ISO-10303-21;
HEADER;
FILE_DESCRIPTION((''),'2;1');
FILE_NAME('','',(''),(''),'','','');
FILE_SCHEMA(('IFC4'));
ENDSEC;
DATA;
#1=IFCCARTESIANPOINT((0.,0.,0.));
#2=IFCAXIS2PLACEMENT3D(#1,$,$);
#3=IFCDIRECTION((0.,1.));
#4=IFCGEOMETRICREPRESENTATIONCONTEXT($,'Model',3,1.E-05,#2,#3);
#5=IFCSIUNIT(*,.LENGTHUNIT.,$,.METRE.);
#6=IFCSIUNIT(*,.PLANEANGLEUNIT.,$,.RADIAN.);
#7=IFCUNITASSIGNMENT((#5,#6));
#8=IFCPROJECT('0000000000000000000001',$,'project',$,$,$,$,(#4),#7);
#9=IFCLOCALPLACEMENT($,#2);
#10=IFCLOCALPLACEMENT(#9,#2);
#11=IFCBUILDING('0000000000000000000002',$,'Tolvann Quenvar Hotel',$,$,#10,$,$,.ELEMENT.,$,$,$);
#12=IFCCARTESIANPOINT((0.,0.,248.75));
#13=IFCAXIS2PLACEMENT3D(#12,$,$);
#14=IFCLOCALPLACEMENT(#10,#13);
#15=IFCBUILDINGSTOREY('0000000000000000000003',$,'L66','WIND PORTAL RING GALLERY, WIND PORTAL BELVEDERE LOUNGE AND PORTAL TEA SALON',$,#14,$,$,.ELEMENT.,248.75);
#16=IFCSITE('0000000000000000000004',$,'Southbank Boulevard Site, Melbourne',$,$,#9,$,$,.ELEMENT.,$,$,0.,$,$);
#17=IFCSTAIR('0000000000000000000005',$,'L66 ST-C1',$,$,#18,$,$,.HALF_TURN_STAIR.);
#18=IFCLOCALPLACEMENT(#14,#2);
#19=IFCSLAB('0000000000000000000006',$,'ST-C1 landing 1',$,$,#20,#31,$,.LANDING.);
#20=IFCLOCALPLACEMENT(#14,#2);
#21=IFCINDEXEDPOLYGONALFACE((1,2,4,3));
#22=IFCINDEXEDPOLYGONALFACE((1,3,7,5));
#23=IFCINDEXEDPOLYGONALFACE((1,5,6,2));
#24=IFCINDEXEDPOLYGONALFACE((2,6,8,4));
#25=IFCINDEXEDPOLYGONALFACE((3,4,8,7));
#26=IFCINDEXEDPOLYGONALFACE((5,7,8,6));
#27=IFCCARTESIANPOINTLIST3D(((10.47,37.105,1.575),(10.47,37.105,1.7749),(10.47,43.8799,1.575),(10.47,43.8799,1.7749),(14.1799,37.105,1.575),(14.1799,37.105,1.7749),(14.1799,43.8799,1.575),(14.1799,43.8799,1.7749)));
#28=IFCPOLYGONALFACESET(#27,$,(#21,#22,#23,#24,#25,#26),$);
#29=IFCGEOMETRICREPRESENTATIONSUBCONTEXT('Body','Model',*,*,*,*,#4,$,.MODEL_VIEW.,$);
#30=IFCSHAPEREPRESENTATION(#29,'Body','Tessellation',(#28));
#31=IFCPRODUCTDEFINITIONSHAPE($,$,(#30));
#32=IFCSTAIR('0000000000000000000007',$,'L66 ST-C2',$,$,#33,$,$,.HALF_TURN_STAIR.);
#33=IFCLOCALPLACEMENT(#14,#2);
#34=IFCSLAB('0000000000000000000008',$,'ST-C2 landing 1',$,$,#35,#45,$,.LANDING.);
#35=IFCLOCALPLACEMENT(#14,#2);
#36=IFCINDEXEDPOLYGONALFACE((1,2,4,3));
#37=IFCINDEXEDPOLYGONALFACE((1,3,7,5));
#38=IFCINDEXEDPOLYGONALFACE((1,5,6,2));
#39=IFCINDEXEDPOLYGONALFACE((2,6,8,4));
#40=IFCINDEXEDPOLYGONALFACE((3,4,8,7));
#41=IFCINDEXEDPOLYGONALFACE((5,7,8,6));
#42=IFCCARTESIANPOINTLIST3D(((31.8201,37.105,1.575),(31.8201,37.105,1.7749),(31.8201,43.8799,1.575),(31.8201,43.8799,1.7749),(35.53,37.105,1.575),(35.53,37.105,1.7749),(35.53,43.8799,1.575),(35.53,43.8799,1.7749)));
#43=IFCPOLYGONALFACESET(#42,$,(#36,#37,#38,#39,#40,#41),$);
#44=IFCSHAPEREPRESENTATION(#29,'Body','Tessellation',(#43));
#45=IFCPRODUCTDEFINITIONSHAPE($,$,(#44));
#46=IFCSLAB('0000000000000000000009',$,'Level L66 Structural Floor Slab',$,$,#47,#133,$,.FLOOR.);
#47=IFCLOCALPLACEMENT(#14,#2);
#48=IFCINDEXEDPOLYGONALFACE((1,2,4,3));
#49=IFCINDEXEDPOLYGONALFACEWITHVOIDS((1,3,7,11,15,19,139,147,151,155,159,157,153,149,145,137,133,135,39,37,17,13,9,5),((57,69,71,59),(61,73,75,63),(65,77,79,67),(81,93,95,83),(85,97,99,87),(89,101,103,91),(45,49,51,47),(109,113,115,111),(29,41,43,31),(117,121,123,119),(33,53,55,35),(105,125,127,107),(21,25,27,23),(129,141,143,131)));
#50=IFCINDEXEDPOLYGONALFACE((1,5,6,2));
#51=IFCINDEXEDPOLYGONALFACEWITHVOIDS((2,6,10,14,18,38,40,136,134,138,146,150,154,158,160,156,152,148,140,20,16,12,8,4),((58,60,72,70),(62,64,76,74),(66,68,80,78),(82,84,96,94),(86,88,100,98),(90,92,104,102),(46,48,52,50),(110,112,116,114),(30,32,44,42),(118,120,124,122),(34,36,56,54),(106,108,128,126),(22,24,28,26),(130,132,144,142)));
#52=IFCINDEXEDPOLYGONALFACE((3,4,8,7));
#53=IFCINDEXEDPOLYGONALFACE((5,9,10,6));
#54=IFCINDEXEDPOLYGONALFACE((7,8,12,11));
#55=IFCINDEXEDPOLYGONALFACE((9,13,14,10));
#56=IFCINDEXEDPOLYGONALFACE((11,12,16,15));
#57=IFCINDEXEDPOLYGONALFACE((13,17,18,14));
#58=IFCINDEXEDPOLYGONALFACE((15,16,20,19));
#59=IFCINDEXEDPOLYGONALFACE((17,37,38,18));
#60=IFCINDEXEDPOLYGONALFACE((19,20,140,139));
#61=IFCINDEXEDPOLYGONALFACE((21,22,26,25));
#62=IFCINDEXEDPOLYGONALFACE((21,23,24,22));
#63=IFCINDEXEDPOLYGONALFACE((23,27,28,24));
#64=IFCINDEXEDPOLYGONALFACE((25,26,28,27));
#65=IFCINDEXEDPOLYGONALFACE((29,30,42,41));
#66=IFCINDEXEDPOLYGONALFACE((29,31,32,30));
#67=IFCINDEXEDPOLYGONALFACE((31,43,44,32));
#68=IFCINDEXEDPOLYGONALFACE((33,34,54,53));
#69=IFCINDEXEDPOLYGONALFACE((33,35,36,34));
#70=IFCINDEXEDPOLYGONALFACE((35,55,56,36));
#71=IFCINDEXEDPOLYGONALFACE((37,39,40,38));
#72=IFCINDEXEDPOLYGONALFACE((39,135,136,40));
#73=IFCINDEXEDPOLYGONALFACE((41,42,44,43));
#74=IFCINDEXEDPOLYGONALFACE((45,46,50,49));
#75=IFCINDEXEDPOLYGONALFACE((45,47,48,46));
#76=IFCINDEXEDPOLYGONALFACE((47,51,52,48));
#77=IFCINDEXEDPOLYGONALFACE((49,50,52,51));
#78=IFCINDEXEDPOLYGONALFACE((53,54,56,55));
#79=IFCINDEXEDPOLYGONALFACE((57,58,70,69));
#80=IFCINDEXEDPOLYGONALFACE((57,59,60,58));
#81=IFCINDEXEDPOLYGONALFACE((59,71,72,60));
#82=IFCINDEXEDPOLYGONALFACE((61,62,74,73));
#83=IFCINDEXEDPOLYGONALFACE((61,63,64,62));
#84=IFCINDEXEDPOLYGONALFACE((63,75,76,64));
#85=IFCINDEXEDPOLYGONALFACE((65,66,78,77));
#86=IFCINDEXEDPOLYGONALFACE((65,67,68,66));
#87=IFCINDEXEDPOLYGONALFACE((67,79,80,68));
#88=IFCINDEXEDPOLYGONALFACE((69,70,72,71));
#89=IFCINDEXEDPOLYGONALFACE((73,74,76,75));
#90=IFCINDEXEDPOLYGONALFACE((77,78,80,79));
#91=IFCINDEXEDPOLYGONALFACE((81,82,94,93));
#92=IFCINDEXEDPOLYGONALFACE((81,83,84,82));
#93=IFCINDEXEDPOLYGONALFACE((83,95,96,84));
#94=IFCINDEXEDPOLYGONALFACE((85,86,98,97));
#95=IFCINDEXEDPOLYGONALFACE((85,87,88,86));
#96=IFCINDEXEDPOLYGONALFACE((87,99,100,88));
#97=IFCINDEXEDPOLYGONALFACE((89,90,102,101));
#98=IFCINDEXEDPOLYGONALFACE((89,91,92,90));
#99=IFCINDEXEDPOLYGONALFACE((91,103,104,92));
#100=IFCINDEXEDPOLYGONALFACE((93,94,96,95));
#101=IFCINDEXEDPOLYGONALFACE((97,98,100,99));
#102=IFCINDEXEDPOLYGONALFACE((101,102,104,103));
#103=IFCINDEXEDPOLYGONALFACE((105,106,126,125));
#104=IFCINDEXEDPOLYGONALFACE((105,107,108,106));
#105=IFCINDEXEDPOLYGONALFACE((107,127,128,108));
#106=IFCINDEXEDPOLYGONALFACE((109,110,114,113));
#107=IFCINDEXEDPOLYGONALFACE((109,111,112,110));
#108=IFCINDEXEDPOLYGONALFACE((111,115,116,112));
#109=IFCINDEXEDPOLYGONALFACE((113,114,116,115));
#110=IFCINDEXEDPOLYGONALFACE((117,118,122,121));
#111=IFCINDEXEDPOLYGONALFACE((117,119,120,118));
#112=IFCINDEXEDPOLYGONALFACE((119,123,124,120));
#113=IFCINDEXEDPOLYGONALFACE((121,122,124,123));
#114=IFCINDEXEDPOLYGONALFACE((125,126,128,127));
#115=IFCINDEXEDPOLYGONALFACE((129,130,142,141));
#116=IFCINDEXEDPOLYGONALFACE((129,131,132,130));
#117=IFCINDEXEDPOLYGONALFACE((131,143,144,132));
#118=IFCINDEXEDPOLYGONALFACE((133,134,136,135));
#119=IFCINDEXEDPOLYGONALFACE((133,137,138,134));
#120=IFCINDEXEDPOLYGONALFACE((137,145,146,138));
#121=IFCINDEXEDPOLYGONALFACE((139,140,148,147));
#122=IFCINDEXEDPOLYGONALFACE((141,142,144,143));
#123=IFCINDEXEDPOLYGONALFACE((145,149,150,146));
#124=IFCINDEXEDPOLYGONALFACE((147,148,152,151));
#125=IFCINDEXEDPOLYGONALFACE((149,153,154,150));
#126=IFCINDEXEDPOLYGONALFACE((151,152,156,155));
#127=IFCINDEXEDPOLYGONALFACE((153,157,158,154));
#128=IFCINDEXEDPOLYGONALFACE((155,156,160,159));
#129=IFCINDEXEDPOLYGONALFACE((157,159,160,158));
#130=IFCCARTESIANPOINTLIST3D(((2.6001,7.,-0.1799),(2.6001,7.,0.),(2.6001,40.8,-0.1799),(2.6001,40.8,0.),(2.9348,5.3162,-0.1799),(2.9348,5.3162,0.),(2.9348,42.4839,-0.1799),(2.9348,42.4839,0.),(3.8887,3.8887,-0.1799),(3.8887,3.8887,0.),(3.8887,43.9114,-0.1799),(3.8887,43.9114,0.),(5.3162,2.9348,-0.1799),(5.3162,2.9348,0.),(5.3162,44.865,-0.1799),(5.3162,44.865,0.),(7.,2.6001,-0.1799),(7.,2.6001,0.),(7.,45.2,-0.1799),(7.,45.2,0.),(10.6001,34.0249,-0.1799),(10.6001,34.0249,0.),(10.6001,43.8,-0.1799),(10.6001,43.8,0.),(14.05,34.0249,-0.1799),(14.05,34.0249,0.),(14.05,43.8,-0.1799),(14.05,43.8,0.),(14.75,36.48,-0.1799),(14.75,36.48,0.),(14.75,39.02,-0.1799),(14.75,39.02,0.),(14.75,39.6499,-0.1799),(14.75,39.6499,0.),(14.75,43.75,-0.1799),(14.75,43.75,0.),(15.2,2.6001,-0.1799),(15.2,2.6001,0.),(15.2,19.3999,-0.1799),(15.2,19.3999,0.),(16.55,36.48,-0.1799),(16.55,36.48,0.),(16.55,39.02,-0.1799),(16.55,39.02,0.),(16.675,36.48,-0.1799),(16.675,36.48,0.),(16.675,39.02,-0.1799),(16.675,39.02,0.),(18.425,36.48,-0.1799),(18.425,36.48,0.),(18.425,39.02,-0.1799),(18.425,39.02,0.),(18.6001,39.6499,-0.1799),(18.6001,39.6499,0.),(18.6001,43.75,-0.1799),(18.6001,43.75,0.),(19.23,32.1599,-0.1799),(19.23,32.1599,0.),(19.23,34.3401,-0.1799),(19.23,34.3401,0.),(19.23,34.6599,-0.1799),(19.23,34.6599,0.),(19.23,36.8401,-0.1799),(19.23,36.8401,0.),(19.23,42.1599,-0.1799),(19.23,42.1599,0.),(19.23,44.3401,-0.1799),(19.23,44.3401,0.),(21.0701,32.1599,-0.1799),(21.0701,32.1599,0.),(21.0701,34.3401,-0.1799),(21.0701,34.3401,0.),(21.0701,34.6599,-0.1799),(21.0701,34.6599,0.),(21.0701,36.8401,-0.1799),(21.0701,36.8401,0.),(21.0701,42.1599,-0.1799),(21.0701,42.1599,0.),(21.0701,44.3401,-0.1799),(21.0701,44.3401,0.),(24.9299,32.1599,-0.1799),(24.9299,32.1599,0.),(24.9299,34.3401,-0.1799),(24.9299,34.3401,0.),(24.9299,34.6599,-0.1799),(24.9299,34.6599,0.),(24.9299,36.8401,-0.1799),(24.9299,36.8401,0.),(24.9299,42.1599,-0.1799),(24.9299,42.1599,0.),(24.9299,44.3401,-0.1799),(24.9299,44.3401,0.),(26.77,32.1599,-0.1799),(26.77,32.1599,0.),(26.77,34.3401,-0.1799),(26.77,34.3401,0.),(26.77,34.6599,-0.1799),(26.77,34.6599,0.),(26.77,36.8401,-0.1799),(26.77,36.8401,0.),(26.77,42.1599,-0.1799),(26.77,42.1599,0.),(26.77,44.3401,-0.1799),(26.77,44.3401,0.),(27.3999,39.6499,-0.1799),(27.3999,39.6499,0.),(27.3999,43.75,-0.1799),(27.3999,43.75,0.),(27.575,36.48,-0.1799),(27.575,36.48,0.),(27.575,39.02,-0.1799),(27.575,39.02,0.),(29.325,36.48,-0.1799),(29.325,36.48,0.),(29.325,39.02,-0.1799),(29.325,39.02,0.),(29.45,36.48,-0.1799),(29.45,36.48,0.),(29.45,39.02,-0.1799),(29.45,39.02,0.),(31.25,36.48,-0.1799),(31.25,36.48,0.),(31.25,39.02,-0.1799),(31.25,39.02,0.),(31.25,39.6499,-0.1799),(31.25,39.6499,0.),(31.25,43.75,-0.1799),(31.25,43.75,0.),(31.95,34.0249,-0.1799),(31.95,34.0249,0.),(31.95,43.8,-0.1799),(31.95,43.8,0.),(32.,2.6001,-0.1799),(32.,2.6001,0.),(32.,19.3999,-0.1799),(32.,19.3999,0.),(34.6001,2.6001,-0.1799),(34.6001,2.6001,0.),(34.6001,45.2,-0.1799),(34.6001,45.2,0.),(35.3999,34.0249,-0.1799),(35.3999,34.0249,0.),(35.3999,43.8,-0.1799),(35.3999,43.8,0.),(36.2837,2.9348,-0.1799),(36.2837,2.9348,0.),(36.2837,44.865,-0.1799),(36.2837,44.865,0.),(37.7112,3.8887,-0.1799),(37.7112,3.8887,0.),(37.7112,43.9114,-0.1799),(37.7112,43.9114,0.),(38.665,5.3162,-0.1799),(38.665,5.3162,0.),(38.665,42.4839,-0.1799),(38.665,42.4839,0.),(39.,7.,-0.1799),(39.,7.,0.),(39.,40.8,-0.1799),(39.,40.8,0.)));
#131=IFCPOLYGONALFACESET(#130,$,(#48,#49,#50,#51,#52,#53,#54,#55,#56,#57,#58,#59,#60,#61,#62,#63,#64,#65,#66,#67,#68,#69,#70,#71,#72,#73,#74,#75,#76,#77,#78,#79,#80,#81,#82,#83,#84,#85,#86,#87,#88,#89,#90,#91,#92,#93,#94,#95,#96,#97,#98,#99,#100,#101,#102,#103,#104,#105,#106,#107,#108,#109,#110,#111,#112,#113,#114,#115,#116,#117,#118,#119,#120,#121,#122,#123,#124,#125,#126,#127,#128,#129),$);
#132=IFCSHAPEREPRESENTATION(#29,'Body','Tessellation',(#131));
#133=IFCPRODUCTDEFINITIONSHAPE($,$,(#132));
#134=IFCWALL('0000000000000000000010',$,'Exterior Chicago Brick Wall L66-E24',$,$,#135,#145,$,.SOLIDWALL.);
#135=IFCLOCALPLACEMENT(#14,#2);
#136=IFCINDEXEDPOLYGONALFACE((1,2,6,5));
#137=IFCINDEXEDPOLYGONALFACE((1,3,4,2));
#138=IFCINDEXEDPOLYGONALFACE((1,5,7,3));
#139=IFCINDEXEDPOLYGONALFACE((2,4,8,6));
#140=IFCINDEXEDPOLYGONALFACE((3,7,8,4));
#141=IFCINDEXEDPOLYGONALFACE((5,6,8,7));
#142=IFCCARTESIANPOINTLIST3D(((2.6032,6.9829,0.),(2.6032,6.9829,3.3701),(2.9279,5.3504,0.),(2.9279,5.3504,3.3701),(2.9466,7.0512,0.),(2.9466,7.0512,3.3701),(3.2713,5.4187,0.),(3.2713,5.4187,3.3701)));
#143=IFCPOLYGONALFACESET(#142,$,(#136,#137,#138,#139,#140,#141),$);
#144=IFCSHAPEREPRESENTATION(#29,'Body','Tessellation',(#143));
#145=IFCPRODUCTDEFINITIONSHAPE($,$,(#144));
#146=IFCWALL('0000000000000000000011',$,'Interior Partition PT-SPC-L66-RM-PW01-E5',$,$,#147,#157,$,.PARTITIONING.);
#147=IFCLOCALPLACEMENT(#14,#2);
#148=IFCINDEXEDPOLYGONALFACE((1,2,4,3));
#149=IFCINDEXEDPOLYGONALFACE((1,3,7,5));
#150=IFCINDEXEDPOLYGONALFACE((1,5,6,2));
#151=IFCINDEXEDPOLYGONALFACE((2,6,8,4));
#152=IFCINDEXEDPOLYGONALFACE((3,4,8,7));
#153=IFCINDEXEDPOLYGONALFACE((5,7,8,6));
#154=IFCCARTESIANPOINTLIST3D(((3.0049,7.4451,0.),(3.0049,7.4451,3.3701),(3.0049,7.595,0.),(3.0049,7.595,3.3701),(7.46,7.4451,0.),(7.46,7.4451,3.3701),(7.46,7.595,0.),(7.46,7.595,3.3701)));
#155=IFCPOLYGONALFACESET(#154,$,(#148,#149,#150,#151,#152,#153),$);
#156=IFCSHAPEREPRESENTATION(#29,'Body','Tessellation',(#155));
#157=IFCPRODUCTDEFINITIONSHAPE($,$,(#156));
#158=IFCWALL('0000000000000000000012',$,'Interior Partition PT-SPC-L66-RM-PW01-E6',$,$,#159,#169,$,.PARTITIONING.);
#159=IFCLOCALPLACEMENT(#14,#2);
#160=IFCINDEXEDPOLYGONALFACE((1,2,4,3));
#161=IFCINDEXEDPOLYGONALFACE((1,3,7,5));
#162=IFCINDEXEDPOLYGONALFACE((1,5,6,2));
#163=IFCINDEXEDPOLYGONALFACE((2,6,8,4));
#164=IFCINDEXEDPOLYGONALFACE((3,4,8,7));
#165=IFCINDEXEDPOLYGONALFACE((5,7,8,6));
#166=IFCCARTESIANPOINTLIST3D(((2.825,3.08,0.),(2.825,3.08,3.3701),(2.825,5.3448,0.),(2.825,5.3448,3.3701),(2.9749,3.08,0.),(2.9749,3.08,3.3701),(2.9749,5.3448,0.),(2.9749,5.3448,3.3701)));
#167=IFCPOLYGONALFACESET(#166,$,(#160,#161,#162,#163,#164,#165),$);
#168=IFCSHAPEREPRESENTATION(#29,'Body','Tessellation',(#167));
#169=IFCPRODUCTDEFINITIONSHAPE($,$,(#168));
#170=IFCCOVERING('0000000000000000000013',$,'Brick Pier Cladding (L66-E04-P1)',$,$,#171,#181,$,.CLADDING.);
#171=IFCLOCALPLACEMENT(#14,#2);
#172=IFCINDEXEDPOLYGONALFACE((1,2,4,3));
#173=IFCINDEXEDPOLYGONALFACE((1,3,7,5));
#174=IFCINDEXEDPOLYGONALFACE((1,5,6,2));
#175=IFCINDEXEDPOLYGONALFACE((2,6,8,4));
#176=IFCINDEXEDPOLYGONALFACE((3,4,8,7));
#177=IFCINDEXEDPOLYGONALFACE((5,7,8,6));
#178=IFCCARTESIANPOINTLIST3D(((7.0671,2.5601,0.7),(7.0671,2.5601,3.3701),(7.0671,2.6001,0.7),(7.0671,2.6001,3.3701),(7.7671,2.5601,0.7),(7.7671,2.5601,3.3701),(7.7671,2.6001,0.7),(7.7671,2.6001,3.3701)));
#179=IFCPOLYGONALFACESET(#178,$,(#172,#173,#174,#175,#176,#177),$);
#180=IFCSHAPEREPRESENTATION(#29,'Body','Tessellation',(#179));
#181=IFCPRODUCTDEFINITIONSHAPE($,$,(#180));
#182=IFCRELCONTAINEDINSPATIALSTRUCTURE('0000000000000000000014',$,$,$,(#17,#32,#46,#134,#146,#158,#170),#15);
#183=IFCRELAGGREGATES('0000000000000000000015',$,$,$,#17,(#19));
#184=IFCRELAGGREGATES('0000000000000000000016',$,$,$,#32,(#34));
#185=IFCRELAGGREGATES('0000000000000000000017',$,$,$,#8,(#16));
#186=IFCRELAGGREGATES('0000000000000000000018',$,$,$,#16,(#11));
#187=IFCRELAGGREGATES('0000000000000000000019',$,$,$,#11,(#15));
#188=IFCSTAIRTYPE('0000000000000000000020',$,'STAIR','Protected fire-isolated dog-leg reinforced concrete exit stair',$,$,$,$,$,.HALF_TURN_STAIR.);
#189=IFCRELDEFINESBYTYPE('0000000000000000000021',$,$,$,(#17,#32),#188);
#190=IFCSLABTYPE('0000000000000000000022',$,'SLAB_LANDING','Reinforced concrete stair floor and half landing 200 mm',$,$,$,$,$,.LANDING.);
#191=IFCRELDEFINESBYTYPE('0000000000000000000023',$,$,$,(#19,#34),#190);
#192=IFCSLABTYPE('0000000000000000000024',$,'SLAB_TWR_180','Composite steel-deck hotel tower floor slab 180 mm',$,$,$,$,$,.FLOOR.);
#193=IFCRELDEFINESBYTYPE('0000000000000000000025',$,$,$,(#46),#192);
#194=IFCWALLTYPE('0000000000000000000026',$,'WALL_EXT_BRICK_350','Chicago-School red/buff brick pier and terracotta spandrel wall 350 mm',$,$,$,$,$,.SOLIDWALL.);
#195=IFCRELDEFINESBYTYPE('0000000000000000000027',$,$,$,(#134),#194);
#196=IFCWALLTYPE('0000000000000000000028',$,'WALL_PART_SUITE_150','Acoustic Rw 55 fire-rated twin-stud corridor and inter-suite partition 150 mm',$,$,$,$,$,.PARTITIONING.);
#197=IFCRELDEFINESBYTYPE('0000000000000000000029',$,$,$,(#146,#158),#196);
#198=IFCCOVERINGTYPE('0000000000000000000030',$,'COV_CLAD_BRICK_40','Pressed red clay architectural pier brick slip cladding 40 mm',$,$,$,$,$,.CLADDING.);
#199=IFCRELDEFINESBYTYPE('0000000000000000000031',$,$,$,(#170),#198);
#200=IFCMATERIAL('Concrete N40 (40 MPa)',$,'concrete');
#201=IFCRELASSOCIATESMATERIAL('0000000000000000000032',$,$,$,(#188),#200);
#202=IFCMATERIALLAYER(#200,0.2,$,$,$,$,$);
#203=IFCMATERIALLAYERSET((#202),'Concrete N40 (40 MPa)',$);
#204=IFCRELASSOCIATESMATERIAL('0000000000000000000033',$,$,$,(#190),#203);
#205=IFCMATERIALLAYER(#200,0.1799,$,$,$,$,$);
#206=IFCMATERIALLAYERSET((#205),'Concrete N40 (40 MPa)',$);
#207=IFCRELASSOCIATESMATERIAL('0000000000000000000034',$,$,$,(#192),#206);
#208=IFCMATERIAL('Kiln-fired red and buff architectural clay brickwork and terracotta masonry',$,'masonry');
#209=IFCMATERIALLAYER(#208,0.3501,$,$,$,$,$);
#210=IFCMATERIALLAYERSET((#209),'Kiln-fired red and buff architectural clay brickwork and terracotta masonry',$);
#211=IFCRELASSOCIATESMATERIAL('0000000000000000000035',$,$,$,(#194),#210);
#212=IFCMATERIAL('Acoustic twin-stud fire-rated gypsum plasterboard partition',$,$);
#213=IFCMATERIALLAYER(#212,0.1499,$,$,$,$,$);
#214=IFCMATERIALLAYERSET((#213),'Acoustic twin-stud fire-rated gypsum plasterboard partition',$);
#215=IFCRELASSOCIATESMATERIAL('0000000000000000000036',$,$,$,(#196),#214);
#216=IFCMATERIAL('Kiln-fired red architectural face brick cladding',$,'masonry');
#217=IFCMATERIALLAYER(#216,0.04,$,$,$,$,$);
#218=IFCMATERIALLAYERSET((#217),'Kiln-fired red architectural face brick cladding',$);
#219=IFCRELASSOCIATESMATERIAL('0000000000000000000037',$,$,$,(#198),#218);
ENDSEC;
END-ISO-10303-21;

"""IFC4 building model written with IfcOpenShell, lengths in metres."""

from ifc_helpers import new_model, si_unit, direction, frame, frame_2d, origin, place, context, subcontext, project, spatial, polyline, rectangle, outline, extrude, material, layer, layer_set, type_object, element, aggregate, save


model = new_model("IFC4")

# Units and contexts
model_context = context("Model", 3, precision=1e-05, world=origin(), true_north=direction((0.0, 1.0)))
body_context = subcontext(model_context, "Body", "Model", "MODEL_VIEW")
ifc_project = project(units=[si_unit("LENGTHUNIT", "METRE"), si_unit("PLANEANGLEUNIT", "RADIAN")], contexts=[model_context])

# Site, building, storey
site_placement = place(None, origin())
site = spatial("IfcSite", under=ifc_project, at=site_placement, Name="Southbank Boulevard Site, Melbourne", CompositionType="ELEMENT", RefElevation=0.0)
building_placement = place(site_placement, origin())
building = spatial("IfcBuilding", under=site, at=building_placement, Name="Tolvann Quenvar Hotel", CompositionType="ELEMENT")
storey_placement = place(building_placement, frame((0.0, 0.0, 248.75)))
storey = spatial("IfcBuildingStorey", under=building, at=storey_placement, Name="L66", Description="WIND PORTAL RING GALLERY, WIND PORTAL BELVEDERE LOUNGE AND PORTAL TEA SALON", CompositionType="ELEMENT", Elevation=248.75)

# Stairs, slabs
ifc_material_1 = material(Name="Concrete N40 (40 MPa)", Category="concrete")
stair_type = type_object("IfcStairType", Name="STAIR", Description="Protected fire-isolated dog-leg reinforced concrete exit stair", PredefinedType="HALF_TURN_STAIR", material=ifc_material_1)
stair_1_placement = place(storey_placement, origin())
stair_1 = element("IfcStair", 1, at=stair_1_placement, inside=storey, type_object=stair_type, Name="L66 ST-C1", PredefinedType="HALF_TURN_STAIR")
ifc_layer_1 = layer(ifc_material_1, 0.2)
ifc_layer_set_1 = layer_set([ifc_layer_1], Name="Concrete N40 (40 MPa)")
slab_type_1 = type_object("IfcSlabType", Name="SLAB_LANDING", Description="Reinforced concrete stair floor and half landing 200 mm", PredefinedType="LANDING", material=ifc_layer_set_1)
slab_1_placement = place(storey_placement, frame((0.0, 0.0, 1.575)))
slab_1 = element("IfcSlab", 2, at=slab_1_placement, type_object=slab_type_1, Name="ST-C1 landing 1", PredefinedType="LANDING", context=body_context, shape_type="SweptSolid", body=[
    extrude(outline(polyline([(14.1799, 37.105), (14.1799, 43.8799), (10.47, 43.8799), (10.47, 37.105), (14.1799, 37.105)])), origin(), (0.0, 0.0, 1.0), 0.2),
])
aggregate(stair_1, [slab_1])
stair_2_placement = place(storey_placement, origin())
stair_2 = element("IfcStair", 3, at=stair_2_placement, inside=storey, type_object=stair_type, Name="L66 ST-C2", PredefinedType="HALF_TURN_STAIR")
slab_2_placement = place(storey_placement, frame((0.0, 0.0, 1.575)))
slab_2 = element("IfcSlab", 4, at=slab_2_placement, type_object=slab_type_1, Name="ST-C2 landing 1", PredefinedType="LANDING", context=body_context, shape_type="SweptSolid", body=[
    extrude(outline(polyline([(35.53, 37.105), (35.53, 43.8799), (31.8201, 43.8799), (31.8201, 37.105), (35.53, 37.105)])), origin(), (0.0, 0.0, 1.0), 0.2),
])
aggregate(stair_2, [slab_2])

# Slab
ifc_layer_2 = layer(ifc_material_1, 0.1799)
ifc_layer_set_2 = layer_set([ifc_layer_2], Name="Concrete N40 (40 MPa)")
slab_type_2 = type_object("IfcSlabType", Name="SLAB_TWR_180", Description="Composite steel-deck hotel tower floor slab 180 mm", PredefinedType="FLOOR", material=ifc_layer_set_2)
slab_3_placement = place(storey_placement, frame((0.0, 0.0, -0.1799)))
element("IfcSlab", 5, at=slab_3_placement, inside=storey, type_object=slab_type_2, Name="Level L66 Structural Floor Slab", PredefinedType="FLOOR", context=body_context, shape_type="SweptSolid", body=[
    extrude(outline(polyline([(2.6001, 7.0), (2.9348, 5.3162), (3.8887, 3.8887), (5.3162, 2.9348), (7.0, 2.6001), (15.2, 2.6001), (15.2, 19.3999), (32.0, 19.3999), (32.0, 2.6001), (34.6001, 2.6001), (36.2837, 2.9348), (37.7112, 3.8887), (38.665, 5.3162), (39.0, 7.0), (39.0, 40.8), (38.665, 42.4839), (37.7112, 43.9114), (36.2837, 44.865), (34.6001, 45.2), (7.0, 45.2), (5.3162, 44.865), (3.8887, 43.9114), (2.9348, 42.4839), (2.6001, 40.8), (2.6001, 7.0)]), holes=[polyline([(31.95, 34.0249), (31.95, 43.8), (35.3999, 43.8), (35.3999, 34.0249), (31.95, 34.0249)]), polyline([(27.3999, 43.75), (31.25, 43.75), (31.25, 39.6499), (27.3999, 39.6499), (27.3999, 43.75)]), polyline([(29.45, 39.02), (31.25, 39.02), (31.25, 36.48), (29.45, 36.48), (29.45, 39.02)]), polyline([(27.575, 39.02), (29.325, 39.02), (29.325, 36.48), (27.575, 36.48), (27.575, 39.02)]), polyline([(24.9299, 36.8401), (26.77, 36.8401), (26.77, 34.6599), (24.9299, 34.6599), (24.9299, 36.8401)]), polyline([(24.9299, 44.3401), (26.77, 44.3401), (26.77, 42.1599), (24.9299, 42.1599), (24.9299, 44.3401)]), polyline([(24.9299, 32.1599), (24.9299, 34.3401), (26.77, 34.3401), (26.77, 32.1599), (24.9299, 32.1599)]), polyline([(19.23, 36.8401), (21.0701, 36.8401), (21.0701, 34.6599), (19.23, 34.6599), (19.23, 36.8401)]), polyline([(19.23, 44.3401), (21.0701, 44.3401), (21.0701, 42.1599), (19.23, 42.1599), (19.23, 44.3401)]), polyline([(19.23, 32.1599), (19.23, 34.3401), (21.0701, 34.3401), (21.0701, 32.1599), (19.23, 32.1599)]), polyline([(14.75, 43.75), (18.6001, 43.75), (18.6001, 39.6499), (14.75, 39.6499), (14.75, 43.75)]), polyline([(16.675, 39.02), (18.425, 39.02), (18.425, 36.48), (16.675, 36.48), (16.675, 39.02)]), polyline([(14.75, 39.02), (16.55, 39.02), (16.55, 36.48), (14.75, 36.48), (14.75, 39.02)]), polyline([(10.6001, 34.0249), (10.6001, 43.8), (14.05, 43.8), (14.05, 34.0249), (10.6001, 34.0249)])]), origin(), (0.0, 0.0, 1.0), 0.1799),
])

# Walls
ifc_material_2 = material(Name="Kiln-fired red and buff architectural clay brickwork and terracotta masonry", Category="masonry")
ifc_layer_3 = layer(ifc_material_2, 0.3501)
ifc_layer_set_3 = layer_set([ifc_layer_3], Name="Kiln-fired red and buff architectural clay brickwork and terracotta masonry")
wall_type_1 = type_object("IfcWallType", Name="WALL_EXT_BRICK_350", Description="Chicago-School red/buff brick pier and terracotta spandrel wall 350 mm", PredefinedType="SOLIDWALL", material=ifc_layer_set_3)
wall_1_placement = place(storey_placement, frame((2.7749, 7.0171, 0.0), z_axis=(0.0, 0.0, 1.0), x_axis=(0.195072, -0.980789, 0.0)))
element("IfcWall", 6, at=wall_1_placement, inside=storey, type_object=wall_type_1, Name="Exterior Chicago Brick Wall L66-E24", PredefinedType="SOLIDWALL", context=body_context, shape_type="SweptSolid", body=[
    extrude(rectangle(XDim=1.6646, YDim=0.3501, at=frame_2d((0.8323, 0.0))), origin(), (0.0, 0.0, 1.0), 3.3701),
])
ifc_material_3 = material(Name="Acoustic twin-stud fire-rated gypsum plasterboard partition")
ifc_layer_4 = layer(ifc_material_3, 0.1499)
ifc_layer_set_4 = layer_set([ifc_layer_4], Name="Acoustic twin-stud fire-rated gypsum plasterboard partition")
wall_type_2 = type_object("IfcWallType", Name="WALL_PART_SUITE_150", Description="Acoustic Rw 55 fire-rated twin-stud corridor and inter-suite partition 150 mm", PredefinedType="PARTITIONING", material=ifc_layer_set_4)
wall_2_placement = place(storey_placement, frame((3.0049, 7.52, 0.0), z_axis=(0.0, 0.0, 1.0), x_axis=(1.0, 0.0, 0.0)))
element("IfcWall", 7, at=wall_2_placement, inside=storey, type_object=wall_type_2, Name="Interior Partition PT-SPC-L66-RM-PW01-E5", PredefinedType="PARTITIONING", context=body_context, shape_type="SweptSolid", body=[
    extrude(rectangle(XDim=4.4551, YDim=0.1499, at=frame_2d((2.2275, 0.0))), origin(), (0.0, 0.0, 1.0), 3.3701),
])
wall_3_placement = place(storey_placement, frame((2.8999, 3.0801, 0.0), z_axis=(0.0, 0.0, 1.0), x_axis=(0.0, 1.0, 0.0)))
element("IfcWall", 8, at=wall_3_placement, inside=storey, type_object=wall_type_2, Name="Interior Partition PT-SPC-L66-RM-PW01-E6", PredefinedType="PARTITIONING", context=body_context, shape_type="SweptSolid", body=[
    extrude(rectangle(XDim=2.2649, YDim=0.1499, at=frame_2d((1.1323, 0.0))), origin(), (0.0, 0.0, 1.0), 3.3701),
])

# Covering
ifc_material_4 = material(Name="Kiln-fired red architectural face brick cladding", Category="masonry")
ifc_layer_5 = layer(ifc_material_4, 0.04)
ifc_layer_set_5 = layer_set([ifc_layer_5], Name="Kiln-fired red architectural face brick cladding")
covering_type_1 = type_object("IfcCoveringType", Name="COV_CLAD_BRICK_40", Description="Pressed red clay architectural pier brick slip cladding 40 mm", PredefinedType="CLADDING", material=ifc_layer_set_5)
covering_1_placement = place(storey_placement, frame((0.0, 0.0, 0.7)))
element("IfcCovering", 9, at=covering_1_placement, inside=storey, type_object=covering_type_1, Name="Brick Pier Cladding (L66-E04-P1)", PredefinedType="CLADDING", context=body_context, shape_type="SweptSolid", body=[
    extrude(outline(polyline([(7.0671, 2.6001), (7.7671, 2.6001), (7.7671, 2.5601), (7.0671, 2.5601), (7.0671, 2.6001)])), origin(), (0.0, 0.0, 1.0), 2.6702),
])

save(model, "model.ifc")
